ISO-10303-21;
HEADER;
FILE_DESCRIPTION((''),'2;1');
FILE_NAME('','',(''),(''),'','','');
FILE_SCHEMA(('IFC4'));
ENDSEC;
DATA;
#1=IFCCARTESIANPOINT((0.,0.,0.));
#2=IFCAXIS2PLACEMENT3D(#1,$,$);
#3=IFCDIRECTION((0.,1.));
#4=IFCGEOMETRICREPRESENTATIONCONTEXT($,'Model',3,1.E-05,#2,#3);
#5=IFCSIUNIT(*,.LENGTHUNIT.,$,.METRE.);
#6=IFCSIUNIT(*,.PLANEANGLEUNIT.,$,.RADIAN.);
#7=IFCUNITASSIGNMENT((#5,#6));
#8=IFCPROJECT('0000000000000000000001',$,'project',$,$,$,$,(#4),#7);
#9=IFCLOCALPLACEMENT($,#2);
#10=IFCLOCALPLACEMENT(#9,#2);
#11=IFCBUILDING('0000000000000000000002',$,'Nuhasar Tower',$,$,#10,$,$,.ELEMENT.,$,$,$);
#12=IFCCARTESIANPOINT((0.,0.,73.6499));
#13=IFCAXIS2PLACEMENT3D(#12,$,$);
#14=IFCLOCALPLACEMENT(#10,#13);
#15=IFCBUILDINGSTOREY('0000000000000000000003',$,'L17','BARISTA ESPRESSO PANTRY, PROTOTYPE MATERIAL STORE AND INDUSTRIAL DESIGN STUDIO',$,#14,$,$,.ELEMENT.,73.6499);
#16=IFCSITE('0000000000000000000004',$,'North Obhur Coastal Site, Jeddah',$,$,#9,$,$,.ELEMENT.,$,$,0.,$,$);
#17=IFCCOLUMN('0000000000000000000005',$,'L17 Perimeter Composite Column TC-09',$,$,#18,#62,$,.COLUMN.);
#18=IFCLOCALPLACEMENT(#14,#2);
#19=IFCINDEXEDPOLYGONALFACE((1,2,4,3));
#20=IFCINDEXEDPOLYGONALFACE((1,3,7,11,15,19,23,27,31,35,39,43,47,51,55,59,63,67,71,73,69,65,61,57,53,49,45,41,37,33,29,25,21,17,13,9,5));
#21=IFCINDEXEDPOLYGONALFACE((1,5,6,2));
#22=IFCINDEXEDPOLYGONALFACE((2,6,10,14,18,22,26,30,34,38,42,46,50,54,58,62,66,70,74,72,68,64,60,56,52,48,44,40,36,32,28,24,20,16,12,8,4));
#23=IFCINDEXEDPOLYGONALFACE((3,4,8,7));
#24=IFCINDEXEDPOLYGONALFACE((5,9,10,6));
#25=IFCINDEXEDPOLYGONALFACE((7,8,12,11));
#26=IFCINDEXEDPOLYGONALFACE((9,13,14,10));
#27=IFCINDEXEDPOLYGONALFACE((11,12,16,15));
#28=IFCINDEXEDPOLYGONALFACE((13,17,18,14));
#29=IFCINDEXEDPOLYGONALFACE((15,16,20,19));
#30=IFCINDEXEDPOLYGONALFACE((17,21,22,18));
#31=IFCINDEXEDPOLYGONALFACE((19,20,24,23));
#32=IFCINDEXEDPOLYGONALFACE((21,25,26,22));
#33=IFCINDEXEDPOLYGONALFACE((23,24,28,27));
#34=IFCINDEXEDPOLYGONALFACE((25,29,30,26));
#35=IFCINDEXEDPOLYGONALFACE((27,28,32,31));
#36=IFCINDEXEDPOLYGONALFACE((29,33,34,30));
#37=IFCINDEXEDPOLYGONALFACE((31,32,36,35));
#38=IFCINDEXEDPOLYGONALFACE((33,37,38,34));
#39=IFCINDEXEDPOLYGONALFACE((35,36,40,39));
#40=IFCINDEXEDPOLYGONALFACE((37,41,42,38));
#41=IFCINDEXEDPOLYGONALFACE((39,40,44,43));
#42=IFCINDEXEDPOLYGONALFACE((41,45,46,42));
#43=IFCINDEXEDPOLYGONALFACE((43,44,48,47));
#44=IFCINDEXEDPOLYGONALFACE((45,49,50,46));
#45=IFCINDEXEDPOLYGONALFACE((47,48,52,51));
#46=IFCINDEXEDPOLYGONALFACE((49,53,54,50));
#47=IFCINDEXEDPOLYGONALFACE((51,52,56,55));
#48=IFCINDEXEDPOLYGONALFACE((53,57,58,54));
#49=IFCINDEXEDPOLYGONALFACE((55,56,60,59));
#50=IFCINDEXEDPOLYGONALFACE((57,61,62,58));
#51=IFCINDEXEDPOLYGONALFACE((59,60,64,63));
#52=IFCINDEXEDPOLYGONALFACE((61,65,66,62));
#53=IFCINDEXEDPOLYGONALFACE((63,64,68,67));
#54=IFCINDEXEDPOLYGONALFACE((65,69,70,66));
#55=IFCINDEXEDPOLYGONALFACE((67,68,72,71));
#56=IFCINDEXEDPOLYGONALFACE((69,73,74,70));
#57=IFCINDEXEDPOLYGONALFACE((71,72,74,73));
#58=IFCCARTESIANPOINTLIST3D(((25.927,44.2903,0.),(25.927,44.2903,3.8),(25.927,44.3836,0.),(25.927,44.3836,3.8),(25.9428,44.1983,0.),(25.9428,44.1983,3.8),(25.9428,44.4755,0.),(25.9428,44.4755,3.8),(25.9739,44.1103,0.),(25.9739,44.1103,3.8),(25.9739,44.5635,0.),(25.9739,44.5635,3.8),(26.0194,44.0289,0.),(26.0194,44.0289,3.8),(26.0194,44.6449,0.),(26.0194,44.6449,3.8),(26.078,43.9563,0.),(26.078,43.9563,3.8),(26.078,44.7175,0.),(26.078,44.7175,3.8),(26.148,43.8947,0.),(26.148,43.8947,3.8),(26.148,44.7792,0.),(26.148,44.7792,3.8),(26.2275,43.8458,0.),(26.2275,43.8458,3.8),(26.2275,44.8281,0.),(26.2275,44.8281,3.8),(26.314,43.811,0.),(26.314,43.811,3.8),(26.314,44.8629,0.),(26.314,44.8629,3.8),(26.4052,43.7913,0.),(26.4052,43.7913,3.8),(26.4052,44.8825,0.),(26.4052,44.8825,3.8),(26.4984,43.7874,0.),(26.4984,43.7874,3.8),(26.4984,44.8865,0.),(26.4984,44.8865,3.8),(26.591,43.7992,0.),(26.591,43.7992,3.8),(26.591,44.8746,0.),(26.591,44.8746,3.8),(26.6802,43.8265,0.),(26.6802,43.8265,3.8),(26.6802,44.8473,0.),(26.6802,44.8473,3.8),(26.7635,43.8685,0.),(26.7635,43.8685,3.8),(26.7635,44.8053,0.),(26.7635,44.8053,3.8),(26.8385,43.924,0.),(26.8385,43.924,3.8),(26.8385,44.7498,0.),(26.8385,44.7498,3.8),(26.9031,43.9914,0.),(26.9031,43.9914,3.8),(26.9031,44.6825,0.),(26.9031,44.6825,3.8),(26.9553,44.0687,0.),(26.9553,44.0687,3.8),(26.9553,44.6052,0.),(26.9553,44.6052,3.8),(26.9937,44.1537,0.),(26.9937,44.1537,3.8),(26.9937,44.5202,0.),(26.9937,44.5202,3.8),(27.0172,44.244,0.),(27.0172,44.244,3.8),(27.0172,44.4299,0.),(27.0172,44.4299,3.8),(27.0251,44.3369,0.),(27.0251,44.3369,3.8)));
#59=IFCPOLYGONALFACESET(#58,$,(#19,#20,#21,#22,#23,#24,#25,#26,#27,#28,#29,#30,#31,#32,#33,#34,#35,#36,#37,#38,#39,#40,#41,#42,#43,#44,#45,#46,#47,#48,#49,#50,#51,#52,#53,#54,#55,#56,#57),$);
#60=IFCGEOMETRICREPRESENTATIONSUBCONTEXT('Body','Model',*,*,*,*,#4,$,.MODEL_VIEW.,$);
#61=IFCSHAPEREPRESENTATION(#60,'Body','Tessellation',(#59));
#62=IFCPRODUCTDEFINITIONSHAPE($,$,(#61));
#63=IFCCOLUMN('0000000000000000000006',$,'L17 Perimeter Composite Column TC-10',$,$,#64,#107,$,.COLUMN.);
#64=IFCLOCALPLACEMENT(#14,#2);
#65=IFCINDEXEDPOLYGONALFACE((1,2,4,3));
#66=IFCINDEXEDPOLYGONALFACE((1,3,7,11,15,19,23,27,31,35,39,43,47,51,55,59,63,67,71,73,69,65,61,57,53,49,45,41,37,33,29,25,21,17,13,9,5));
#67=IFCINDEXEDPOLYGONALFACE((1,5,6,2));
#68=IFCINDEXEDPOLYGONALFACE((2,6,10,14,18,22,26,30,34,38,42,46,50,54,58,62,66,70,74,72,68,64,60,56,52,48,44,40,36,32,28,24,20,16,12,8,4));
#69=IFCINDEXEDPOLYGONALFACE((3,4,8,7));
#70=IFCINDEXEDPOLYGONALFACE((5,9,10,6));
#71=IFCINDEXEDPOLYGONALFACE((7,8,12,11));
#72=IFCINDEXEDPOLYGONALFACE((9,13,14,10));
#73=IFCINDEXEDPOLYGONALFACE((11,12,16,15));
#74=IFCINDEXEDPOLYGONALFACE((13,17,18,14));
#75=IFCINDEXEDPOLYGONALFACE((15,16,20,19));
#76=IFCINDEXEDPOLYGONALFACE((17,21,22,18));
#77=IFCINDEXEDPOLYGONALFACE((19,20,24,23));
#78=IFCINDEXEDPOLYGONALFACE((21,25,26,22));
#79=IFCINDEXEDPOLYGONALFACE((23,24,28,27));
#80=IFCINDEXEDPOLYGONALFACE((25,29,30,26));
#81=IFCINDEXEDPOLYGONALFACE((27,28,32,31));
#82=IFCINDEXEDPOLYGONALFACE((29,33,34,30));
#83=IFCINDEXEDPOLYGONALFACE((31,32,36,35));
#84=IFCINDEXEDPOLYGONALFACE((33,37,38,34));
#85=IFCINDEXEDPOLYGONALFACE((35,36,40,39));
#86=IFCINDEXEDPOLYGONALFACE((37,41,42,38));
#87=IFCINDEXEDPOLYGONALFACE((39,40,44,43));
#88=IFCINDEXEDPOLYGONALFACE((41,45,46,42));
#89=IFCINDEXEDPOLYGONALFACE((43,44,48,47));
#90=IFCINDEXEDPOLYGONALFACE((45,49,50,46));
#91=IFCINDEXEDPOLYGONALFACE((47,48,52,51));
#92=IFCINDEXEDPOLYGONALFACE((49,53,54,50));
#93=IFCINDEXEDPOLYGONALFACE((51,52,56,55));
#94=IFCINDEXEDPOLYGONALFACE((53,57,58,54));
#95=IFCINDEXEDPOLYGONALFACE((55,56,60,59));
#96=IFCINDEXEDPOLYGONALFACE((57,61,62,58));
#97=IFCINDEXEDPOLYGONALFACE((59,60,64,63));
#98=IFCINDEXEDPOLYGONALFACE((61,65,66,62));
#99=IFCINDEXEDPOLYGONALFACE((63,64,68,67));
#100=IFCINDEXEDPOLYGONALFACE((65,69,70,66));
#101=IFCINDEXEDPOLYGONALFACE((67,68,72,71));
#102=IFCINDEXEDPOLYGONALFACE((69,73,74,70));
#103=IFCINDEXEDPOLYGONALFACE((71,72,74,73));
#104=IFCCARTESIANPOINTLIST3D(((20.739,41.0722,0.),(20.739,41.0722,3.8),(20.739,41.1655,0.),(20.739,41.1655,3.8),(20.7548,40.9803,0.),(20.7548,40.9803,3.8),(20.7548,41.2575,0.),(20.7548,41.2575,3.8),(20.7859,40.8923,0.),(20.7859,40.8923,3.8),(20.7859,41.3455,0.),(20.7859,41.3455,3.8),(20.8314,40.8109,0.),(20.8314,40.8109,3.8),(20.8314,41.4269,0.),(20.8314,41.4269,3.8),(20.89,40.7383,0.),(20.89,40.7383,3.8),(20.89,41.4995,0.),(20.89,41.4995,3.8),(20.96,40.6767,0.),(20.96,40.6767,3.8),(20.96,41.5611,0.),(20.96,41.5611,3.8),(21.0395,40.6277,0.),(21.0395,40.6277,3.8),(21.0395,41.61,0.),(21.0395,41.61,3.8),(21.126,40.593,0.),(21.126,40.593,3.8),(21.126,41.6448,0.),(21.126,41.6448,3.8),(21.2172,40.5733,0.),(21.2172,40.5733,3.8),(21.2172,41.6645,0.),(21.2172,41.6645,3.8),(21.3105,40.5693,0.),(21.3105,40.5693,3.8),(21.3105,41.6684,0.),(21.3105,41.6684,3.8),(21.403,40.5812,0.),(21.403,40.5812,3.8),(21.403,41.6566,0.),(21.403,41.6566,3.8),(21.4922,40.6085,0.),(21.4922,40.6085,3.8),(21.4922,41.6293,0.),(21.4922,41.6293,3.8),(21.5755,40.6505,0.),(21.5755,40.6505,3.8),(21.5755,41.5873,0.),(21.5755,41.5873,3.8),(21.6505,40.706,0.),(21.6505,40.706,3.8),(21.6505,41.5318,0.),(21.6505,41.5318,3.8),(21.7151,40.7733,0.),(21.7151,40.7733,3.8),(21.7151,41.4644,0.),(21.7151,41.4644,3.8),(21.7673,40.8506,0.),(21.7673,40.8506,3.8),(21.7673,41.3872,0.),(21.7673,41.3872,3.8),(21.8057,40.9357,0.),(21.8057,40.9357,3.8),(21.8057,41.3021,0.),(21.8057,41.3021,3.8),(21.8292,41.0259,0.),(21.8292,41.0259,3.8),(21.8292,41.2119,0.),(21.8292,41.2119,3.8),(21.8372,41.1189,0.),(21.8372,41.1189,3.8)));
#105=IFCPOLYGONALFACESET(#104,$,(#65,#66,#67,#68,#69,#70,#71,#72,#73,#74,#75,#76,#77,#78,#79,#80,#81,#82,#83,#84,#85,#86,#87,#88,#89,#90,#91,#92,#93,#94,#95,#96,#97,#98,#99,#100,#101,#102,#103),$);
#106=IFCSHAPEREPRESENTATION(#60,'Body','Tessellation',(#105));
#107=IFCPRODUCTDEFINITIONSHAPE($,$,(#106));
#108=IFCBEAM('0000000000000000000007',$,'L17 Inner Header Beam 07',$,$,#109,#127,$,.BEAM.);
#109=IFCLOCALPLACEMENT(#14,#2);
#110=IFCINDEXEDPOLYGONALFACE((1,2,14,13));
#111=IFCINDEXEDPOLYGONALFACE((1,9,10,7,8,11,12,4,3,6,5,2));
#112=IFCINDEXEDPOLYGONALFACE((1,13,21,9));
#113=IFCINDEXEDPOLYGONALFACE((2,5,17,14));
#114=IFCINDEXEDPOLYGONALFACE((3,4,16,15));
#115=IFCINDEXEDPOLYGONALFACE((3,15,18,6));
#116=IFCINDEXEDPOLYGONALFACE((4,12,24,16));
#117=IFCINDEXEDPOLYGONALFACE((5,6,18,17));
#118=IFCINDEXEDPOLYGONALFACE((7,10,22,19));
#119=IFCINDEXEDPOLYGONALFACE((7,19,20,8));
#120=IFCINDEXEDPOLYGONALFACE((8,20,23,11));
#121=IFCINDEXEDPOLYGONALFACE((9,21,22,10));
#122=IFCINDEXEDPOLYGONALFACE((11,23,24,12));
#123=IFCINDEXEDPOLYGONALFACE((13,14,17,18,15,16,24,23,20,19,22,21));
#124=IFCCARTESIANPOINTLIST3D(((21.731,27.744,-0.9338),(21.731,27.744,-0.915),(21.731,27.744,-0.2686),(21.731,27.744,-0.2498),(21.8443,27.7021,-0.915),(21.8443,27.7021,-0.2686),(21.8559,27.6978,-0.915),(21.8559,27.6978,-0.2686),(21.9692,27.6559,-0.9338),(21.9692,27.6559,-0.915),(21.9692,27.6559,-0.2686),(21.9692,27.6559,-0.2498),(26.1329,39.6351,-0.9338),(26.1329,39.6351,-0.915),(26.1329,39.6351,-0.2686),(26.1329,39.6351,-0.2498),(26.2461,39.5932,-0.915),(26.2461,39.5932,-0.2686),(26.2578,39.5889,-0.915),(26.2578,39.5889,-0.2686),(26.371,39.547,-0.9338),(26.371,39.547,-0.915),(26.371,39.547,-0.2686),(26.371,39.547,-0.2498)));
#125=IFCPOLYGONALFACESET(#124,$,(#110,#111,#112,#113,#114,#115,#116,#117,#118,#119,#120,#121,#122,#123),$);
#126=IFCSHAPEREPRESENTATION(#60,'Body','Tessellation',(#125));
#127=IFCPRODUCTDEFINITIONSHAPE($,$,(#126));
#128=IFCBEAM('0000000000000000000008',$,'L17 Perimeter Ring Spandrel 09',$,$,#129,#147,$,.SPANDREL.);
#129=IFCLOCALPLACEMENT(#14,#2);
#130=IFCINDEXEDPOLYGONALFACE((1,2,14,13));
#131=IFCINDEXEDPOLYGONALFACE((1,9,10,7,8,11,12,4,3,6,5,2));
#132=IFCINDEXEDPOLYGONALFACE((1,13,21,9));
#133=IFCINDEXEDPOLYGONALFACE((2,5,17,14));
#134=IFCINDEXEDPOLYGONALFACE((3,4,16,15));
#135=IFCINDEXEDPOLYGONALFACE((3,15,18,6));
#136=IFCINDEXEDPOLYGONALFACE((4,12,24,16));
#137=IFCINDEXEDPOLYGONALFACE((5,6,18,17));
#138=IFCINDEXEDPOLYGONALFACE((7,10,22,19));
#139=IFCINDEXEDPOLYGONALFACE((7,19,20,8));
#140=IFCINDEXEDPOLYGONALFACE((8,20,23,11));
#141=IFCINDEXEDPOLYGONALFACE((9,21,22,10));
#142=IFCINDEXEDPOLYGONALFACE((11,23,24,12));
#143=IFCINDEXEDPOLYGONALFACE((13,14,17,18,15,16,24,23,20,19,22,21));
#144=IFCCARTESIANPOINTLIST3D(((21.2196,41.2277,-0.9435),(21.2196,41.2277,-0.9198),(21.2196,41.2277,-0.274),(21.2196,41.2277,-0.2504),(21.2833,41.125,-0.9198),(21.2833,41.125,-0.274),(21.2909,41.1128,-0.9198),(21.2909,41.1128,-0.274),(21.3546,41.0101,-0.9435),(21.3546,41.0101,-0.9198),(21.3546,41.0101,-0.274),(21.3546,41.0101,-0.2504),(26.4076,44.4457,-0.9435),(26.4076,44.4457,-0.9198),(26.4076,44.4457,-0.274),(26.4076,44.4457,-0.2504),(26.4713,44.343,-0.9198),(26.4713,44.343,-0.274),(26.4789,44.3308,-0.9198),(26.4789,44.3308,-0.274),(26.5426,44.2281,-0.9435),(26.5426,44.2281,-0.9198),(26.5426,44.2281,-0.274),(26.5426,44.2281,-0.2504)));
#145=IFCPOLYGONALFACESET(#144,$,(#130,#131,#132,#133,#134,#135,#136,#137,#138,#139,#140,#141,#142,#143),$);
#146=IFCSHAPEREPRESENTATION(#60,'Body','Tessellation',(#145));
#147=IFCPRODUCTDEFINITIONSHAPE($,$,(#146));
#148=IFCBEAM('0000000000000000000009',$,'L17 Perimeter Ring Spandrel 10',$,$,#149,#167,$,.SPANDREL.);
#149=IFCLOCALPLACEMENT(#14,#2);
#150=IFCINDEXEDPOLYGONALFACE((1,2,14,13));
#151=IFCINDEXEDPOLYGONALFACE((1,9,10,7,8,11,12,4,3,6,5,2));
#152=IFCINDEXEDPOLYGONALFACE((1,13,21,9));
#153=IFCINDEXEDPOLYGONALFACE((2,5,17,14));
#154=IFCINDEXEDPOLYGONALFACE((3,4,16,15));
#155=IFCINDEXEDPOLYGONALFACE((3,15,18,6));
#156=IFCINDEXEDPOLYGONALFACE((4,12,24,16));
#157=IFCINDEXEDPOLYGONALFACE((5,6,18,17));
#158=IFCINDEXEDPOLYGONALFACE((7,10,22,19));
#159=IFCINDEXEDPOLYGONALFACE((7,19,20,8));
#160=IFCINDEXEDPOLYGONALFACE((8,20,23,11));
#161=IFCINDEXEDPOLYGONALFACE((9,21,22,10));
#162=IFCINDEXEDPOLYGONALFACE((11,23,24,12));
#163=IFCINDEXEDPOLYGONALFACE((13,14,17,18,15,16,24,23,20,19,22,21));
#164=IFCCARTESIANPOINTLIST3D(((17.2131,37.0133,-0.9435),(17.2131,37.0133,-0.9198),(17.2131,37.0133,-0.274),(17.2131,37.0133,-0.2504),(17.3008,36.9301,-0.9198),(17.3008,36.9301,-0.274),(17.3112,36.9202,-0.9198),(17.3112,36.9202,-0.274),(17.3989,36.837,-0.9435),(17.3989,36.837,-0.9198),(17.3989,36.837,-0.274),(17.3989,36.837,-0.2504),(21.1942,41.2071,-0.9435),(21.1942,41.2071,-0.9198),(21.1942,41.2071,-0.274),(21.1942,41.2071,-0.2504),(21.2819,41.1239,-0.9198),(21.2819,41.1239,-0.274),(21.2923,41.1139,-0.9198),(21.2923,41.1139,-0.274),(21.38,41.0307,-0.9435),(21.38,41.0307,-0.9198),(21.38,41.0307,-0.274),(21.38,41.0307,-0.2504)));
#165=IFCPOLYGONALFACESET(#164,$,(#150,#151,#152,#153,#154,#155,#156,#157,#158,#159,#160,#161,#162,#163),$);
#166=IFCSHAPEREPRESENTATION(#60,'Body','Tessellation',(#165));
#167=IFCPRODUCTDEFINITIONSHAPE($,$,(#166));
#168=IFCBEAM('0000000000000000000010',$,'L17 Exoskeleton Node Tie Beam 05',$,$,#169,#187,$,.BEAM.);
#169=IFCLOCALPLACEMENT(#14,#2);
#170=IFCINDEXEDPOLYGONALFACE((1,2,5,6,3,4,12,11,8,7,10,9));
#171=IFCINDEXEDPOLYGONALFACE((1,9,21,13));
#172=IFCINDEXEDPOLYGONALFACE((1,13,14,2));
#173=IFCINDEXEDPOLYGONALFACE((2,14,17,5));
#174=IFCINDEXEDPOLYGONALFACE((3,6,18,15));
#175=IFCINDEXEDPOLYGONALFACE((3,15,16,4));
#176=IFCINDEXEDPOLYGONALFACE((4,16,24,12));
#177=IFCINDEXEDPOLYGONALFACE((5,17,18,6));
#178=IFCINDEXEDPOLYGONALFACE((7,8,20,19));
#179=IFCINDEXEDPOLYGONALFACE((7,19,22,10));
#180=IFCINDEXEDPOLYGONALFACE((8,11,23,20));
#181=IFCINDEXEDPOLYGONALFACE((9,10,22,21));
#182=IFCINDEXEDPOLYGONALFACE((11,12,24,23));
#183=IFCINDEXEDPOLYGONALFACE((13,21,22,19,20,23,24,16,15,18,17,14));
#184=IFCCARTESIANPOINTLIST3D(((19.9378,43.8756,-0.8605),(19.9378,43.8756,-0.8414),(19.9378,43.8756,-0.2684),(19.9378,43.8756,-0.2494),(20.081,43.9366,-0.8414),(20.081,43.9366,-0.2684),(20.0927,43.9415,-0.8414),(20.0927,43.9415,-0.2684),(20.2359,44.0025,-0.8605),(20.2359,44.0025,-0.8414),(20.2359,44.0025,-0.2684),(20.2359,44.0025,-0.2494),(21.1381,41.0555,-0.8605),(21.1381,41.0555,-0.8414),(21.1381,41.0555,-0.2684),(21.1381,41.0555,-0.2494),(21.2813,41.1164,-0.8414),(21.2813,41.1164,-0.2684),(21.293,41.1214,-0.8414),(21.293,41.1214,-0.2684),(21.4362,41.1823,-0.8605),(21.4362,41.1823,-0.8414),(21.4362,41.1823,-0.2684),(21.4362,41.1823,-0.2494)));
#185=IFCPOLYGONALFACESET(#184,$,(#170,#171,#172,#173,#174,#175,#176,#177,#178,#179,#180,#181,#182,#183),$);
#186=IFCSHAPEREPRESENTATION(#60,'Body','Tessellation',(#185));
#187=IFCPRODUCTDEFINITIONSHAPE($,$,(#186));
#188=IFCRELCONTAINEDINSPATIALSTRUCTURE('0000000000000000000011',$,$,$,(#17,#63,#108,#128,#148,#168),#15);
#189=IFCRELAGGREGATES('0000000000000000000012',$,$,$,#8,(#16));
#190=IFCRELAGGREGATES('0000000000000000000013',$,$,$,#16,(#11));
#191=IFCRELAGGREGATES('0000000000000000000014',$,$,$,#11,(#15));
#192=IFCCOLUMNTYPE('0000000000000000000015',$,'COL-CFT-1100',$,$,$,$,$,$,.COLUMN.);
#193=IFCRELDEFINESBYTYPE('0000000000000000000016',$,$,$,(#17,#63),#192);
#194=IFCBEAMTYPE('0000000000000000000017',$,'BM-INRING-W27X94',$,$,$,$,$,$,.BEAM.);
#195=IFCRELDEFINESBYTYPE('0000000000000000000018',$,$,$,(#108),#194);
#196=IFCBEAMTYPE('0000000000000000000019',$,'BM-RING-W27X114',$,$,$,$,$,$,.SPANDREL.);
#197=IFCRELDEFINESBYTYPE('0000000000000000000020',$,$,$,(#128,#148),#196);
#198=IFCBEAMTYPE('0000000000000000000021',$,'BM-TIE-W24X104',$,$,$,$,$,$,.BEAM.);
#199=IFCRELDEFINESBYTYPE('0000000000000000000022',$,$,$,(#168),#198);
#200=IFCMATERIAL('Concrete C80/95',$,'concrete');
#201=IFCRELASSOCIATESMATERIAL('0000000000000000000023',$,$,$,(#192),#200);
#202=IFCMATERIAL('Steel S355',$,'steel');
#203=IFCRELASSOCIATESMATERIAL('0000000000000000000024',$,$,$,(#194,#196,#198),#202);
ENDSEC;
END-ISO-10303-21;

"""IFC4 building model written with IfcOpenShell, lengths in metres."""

from ifc_helpers import new_model, si_unit, direction, frame, origin, origin_2d, place, context, subcontext, project, spatial, circle, i_section, extrude, material, material_profile, profile_set, type_object, element, save


model = new_model("IFC4")

# Units and contexts
model_context = context("Model", 3, precision=1e-05, world=origin(), true_north=direction((0.0, 1.0)))
body_context = subcontext(model_context, "Body", "Model", "MODEL_VIEW")
ifc_project = project(units=[si_unit("LENGTHUNIT", "METRE"), si_unit("PLANEANGLEUNIT", "RADIAN")], contexts=[model_context])

# Site, building, storey
site_placement = place(None, origin())
site = spatial("IfcSite", under=ifc_project, at=site_placement, Name="North Obhur Coastal Site, Jeddah", CompositionType="ELEMENT", RefElevation=0.0)
building_placement = place(site_placement, origin())
building = spatial("IfcBuilding", under=site, at=building_placement, Name="Nuhasar Tower", CompositionType="ELEMENT")
storey_placement = place(building_placement, frame((0.0, 0.0, 73.6499)))
storey = spatial("IfcBuildingStorey", under=building, at=storey_placement, Name="L17", Description="BARISTA ESPRESSO PANTRY, PROTOTYPE MATERIAL STORE AND INDUSTRIAL DESIGN STUDIO", CompositionType="ELEMENT", Elevation=73.6499)

# Columns
ifc_material_1 = material(Name="Concrete C80/95", Category="concrete")
ifc_material_profile_1 = material_profile(ifc_material_1, circle(Radius=0.55, at=origin_2d()), Name="CFT1100")
ifc_profile_set_1 = profile_set([ifc_material_profile_1], Name="Concrete C80/95")
column_type = type_object("IfcColumnType", Name="COL-CFT-1100", PredefinedType="COLUMN", material=ifc_profile_set_1)
for number, where, z_axis, x_axis, name in (
    (1, (26.4751, 44.3369, 0.0), (0.0, 0.0, 1.0), (1.0, 0.0, 0.0), "L17 Perimeter Composite Column TC-09"),
    (2, (21.2871, 41.1189, 0.0), (0.0, 0.0, 1.0), (1.0, 0.0, 0.0), "L17 Perimeter Composite Column TC-10"),
):
    element("IfcColumn", number, at=place(storey_placement, frame(where, z_axis=z_axis, x_axis=x_axis)), inside=storey, type_object=column_type, Name=name, PredefinedType="COLUMN", context=body_context, shape_type="SweptSolid", body=[
        extrude(circle(Radius=0.55, at=origin_2d()), origin(), (0.0, 0.0, 1.0), 3.8),
    ])

# Beams
ifc_material_2 = material(Name="Steel S355", Category="steel")
ifc_material_profile_2 = material_profile(ifc_material_2, i_section(OverallWidth=0.2539, OverallDepth=0.6841, WebThickness=0.0125, FlangeThickness=0.0188, at=origin_2d()), Name="W27X94")
ifc_profile_set_2 = profile_set([ifc_material_profile_2], Name="Steel S355")
beam_type_1 = type_object("IfcBeamType", Name="BM-INRING-W27X94", PredefinedType="BEAM", material=ifc_profile_set_2)
beam_1_placement = place(storey_placement, frame((26.252, 39.5911, -0.5918), z_axis=(-0.347158, -0.937807, 0.0), x_axis=(0.937807, -0.347158, 0.0)))
element("IfcBeam", 3, at=beam_1_placement, inside=storey, type_object=beam_type_1, Name="L17 Inner Header Beam 07", PredefinedType="BEAM", context=body_context, shape_type="SweptSolid", body=[
    extrude(i_section(OverallWidth=0.2539, OverallDepth=0.6841, WebThickness=0.0125, FlangeThickness=0.0188, at=origin_2d()), origin(), (0.0, 0.0, 1.0), 12.6797),
])
ifc_material_profile_3 = material_profile(ifc_material_2, i_section(OverallWidth=0.2561, OverallDepth=0.6931, WebThickness=0.0144, FlangeThickness=0.0237, at=origin_2d()), Name="W27X114")
ifc_profile_set_3 = profile_set([ifc_material_profile_3], Name="Steel S355")
beam_type_2 = type_object("IfcBeamType", Name="BM-RING-W27X114", PredefinedType="SPANDREL", material=ifc_profile_set_3)
beam_2_placement = place(storey_placement, frame((26.4751, 44.3369, -0.5969), z_axis=(-0.849795, -0.527113, 0.0), x_axis=(0.527113, -0.849795, 0.0)))
element("IfcBeam", 4, at=beam_2_placement, inside=storey, type_object=beam_type_2, Name="L17 Perimeter Ring Spandrel 09", PredefinedType="SPANDREL", context=body_context, shape_type="SweptSolid", body=[
    extrude(i_section(OverallWidth=0.2561, OverallDepth=0.6931, WebThickness=0.0144, FlangeThickness=0.0237, at=origin_2d()), origin(), (0.0, 0.0, 1.0), 6.105),
])
beam_3_placement = place(storey_placement, frame((21.2871, 41.1189, -0.5969), z_axis=(-0.688481, -0.725254, 0.0), x_axis=(0.725254, -0.688481, 0.0)))
element("IfcBeam", 5, at=beam_3_placement, inside=storey, type_object=beam_type_2, Name="L17 Perimeter Ring Spandrel 10", PredefinedType="SPANDREL", context=body_context, shape_type="SweptSolid", body=[
    extrude(i_section(OverallWidth=0.2561, OverallDepth=0.6931, WebThickness=0.0144, FlangeThickness=0.0237, at=origin_2d()), origin(), (0.0, 0.0, 1.0), 5.7825),
])
ifc_material_profile_4 = material_profile(ifc_material_2, i_section(OverallWidth=0.324, OverallDepth=0.6111, WebThickness=0.0127, FlangeThickness=0.019, at=origin_2d()), Name="W24X104")
ifc_profile_set_4 = profile_set([ifc_material_profile_4], Name="Steel S355")
beam_type_3 = type_object("IfcBeamType", Name="BM-TIE-W24X104", PredefinedType="BEAM", material=ifc_profile_set_4)
beam_4_placement = place(storey_placement, frame((21.2871, 41.1189, -0.5549), z_axis=(-0.391601, 0.920135, 0.0), x_axis=(-0.920135, -0.391601, 0.0)))
element("IfcBeam", 6, at=beam_4_placement, inside=storey, type_object=beam_type_3, Name="L17 Exoskeleton Node Tie Beam 05", PredefinedType="BEAM", context=body_context, shape_type="SweptSolid", body=[
    extrude(i_section(OverallWidth=0.324, OverallDepth=0.6111, WebThickness=0.0127, FlangeThickness=0.019, at=origin_2d()), origin(), (0.0, 0.0, 1.0), 3.0649),
])

save(model, "model.ifc")
